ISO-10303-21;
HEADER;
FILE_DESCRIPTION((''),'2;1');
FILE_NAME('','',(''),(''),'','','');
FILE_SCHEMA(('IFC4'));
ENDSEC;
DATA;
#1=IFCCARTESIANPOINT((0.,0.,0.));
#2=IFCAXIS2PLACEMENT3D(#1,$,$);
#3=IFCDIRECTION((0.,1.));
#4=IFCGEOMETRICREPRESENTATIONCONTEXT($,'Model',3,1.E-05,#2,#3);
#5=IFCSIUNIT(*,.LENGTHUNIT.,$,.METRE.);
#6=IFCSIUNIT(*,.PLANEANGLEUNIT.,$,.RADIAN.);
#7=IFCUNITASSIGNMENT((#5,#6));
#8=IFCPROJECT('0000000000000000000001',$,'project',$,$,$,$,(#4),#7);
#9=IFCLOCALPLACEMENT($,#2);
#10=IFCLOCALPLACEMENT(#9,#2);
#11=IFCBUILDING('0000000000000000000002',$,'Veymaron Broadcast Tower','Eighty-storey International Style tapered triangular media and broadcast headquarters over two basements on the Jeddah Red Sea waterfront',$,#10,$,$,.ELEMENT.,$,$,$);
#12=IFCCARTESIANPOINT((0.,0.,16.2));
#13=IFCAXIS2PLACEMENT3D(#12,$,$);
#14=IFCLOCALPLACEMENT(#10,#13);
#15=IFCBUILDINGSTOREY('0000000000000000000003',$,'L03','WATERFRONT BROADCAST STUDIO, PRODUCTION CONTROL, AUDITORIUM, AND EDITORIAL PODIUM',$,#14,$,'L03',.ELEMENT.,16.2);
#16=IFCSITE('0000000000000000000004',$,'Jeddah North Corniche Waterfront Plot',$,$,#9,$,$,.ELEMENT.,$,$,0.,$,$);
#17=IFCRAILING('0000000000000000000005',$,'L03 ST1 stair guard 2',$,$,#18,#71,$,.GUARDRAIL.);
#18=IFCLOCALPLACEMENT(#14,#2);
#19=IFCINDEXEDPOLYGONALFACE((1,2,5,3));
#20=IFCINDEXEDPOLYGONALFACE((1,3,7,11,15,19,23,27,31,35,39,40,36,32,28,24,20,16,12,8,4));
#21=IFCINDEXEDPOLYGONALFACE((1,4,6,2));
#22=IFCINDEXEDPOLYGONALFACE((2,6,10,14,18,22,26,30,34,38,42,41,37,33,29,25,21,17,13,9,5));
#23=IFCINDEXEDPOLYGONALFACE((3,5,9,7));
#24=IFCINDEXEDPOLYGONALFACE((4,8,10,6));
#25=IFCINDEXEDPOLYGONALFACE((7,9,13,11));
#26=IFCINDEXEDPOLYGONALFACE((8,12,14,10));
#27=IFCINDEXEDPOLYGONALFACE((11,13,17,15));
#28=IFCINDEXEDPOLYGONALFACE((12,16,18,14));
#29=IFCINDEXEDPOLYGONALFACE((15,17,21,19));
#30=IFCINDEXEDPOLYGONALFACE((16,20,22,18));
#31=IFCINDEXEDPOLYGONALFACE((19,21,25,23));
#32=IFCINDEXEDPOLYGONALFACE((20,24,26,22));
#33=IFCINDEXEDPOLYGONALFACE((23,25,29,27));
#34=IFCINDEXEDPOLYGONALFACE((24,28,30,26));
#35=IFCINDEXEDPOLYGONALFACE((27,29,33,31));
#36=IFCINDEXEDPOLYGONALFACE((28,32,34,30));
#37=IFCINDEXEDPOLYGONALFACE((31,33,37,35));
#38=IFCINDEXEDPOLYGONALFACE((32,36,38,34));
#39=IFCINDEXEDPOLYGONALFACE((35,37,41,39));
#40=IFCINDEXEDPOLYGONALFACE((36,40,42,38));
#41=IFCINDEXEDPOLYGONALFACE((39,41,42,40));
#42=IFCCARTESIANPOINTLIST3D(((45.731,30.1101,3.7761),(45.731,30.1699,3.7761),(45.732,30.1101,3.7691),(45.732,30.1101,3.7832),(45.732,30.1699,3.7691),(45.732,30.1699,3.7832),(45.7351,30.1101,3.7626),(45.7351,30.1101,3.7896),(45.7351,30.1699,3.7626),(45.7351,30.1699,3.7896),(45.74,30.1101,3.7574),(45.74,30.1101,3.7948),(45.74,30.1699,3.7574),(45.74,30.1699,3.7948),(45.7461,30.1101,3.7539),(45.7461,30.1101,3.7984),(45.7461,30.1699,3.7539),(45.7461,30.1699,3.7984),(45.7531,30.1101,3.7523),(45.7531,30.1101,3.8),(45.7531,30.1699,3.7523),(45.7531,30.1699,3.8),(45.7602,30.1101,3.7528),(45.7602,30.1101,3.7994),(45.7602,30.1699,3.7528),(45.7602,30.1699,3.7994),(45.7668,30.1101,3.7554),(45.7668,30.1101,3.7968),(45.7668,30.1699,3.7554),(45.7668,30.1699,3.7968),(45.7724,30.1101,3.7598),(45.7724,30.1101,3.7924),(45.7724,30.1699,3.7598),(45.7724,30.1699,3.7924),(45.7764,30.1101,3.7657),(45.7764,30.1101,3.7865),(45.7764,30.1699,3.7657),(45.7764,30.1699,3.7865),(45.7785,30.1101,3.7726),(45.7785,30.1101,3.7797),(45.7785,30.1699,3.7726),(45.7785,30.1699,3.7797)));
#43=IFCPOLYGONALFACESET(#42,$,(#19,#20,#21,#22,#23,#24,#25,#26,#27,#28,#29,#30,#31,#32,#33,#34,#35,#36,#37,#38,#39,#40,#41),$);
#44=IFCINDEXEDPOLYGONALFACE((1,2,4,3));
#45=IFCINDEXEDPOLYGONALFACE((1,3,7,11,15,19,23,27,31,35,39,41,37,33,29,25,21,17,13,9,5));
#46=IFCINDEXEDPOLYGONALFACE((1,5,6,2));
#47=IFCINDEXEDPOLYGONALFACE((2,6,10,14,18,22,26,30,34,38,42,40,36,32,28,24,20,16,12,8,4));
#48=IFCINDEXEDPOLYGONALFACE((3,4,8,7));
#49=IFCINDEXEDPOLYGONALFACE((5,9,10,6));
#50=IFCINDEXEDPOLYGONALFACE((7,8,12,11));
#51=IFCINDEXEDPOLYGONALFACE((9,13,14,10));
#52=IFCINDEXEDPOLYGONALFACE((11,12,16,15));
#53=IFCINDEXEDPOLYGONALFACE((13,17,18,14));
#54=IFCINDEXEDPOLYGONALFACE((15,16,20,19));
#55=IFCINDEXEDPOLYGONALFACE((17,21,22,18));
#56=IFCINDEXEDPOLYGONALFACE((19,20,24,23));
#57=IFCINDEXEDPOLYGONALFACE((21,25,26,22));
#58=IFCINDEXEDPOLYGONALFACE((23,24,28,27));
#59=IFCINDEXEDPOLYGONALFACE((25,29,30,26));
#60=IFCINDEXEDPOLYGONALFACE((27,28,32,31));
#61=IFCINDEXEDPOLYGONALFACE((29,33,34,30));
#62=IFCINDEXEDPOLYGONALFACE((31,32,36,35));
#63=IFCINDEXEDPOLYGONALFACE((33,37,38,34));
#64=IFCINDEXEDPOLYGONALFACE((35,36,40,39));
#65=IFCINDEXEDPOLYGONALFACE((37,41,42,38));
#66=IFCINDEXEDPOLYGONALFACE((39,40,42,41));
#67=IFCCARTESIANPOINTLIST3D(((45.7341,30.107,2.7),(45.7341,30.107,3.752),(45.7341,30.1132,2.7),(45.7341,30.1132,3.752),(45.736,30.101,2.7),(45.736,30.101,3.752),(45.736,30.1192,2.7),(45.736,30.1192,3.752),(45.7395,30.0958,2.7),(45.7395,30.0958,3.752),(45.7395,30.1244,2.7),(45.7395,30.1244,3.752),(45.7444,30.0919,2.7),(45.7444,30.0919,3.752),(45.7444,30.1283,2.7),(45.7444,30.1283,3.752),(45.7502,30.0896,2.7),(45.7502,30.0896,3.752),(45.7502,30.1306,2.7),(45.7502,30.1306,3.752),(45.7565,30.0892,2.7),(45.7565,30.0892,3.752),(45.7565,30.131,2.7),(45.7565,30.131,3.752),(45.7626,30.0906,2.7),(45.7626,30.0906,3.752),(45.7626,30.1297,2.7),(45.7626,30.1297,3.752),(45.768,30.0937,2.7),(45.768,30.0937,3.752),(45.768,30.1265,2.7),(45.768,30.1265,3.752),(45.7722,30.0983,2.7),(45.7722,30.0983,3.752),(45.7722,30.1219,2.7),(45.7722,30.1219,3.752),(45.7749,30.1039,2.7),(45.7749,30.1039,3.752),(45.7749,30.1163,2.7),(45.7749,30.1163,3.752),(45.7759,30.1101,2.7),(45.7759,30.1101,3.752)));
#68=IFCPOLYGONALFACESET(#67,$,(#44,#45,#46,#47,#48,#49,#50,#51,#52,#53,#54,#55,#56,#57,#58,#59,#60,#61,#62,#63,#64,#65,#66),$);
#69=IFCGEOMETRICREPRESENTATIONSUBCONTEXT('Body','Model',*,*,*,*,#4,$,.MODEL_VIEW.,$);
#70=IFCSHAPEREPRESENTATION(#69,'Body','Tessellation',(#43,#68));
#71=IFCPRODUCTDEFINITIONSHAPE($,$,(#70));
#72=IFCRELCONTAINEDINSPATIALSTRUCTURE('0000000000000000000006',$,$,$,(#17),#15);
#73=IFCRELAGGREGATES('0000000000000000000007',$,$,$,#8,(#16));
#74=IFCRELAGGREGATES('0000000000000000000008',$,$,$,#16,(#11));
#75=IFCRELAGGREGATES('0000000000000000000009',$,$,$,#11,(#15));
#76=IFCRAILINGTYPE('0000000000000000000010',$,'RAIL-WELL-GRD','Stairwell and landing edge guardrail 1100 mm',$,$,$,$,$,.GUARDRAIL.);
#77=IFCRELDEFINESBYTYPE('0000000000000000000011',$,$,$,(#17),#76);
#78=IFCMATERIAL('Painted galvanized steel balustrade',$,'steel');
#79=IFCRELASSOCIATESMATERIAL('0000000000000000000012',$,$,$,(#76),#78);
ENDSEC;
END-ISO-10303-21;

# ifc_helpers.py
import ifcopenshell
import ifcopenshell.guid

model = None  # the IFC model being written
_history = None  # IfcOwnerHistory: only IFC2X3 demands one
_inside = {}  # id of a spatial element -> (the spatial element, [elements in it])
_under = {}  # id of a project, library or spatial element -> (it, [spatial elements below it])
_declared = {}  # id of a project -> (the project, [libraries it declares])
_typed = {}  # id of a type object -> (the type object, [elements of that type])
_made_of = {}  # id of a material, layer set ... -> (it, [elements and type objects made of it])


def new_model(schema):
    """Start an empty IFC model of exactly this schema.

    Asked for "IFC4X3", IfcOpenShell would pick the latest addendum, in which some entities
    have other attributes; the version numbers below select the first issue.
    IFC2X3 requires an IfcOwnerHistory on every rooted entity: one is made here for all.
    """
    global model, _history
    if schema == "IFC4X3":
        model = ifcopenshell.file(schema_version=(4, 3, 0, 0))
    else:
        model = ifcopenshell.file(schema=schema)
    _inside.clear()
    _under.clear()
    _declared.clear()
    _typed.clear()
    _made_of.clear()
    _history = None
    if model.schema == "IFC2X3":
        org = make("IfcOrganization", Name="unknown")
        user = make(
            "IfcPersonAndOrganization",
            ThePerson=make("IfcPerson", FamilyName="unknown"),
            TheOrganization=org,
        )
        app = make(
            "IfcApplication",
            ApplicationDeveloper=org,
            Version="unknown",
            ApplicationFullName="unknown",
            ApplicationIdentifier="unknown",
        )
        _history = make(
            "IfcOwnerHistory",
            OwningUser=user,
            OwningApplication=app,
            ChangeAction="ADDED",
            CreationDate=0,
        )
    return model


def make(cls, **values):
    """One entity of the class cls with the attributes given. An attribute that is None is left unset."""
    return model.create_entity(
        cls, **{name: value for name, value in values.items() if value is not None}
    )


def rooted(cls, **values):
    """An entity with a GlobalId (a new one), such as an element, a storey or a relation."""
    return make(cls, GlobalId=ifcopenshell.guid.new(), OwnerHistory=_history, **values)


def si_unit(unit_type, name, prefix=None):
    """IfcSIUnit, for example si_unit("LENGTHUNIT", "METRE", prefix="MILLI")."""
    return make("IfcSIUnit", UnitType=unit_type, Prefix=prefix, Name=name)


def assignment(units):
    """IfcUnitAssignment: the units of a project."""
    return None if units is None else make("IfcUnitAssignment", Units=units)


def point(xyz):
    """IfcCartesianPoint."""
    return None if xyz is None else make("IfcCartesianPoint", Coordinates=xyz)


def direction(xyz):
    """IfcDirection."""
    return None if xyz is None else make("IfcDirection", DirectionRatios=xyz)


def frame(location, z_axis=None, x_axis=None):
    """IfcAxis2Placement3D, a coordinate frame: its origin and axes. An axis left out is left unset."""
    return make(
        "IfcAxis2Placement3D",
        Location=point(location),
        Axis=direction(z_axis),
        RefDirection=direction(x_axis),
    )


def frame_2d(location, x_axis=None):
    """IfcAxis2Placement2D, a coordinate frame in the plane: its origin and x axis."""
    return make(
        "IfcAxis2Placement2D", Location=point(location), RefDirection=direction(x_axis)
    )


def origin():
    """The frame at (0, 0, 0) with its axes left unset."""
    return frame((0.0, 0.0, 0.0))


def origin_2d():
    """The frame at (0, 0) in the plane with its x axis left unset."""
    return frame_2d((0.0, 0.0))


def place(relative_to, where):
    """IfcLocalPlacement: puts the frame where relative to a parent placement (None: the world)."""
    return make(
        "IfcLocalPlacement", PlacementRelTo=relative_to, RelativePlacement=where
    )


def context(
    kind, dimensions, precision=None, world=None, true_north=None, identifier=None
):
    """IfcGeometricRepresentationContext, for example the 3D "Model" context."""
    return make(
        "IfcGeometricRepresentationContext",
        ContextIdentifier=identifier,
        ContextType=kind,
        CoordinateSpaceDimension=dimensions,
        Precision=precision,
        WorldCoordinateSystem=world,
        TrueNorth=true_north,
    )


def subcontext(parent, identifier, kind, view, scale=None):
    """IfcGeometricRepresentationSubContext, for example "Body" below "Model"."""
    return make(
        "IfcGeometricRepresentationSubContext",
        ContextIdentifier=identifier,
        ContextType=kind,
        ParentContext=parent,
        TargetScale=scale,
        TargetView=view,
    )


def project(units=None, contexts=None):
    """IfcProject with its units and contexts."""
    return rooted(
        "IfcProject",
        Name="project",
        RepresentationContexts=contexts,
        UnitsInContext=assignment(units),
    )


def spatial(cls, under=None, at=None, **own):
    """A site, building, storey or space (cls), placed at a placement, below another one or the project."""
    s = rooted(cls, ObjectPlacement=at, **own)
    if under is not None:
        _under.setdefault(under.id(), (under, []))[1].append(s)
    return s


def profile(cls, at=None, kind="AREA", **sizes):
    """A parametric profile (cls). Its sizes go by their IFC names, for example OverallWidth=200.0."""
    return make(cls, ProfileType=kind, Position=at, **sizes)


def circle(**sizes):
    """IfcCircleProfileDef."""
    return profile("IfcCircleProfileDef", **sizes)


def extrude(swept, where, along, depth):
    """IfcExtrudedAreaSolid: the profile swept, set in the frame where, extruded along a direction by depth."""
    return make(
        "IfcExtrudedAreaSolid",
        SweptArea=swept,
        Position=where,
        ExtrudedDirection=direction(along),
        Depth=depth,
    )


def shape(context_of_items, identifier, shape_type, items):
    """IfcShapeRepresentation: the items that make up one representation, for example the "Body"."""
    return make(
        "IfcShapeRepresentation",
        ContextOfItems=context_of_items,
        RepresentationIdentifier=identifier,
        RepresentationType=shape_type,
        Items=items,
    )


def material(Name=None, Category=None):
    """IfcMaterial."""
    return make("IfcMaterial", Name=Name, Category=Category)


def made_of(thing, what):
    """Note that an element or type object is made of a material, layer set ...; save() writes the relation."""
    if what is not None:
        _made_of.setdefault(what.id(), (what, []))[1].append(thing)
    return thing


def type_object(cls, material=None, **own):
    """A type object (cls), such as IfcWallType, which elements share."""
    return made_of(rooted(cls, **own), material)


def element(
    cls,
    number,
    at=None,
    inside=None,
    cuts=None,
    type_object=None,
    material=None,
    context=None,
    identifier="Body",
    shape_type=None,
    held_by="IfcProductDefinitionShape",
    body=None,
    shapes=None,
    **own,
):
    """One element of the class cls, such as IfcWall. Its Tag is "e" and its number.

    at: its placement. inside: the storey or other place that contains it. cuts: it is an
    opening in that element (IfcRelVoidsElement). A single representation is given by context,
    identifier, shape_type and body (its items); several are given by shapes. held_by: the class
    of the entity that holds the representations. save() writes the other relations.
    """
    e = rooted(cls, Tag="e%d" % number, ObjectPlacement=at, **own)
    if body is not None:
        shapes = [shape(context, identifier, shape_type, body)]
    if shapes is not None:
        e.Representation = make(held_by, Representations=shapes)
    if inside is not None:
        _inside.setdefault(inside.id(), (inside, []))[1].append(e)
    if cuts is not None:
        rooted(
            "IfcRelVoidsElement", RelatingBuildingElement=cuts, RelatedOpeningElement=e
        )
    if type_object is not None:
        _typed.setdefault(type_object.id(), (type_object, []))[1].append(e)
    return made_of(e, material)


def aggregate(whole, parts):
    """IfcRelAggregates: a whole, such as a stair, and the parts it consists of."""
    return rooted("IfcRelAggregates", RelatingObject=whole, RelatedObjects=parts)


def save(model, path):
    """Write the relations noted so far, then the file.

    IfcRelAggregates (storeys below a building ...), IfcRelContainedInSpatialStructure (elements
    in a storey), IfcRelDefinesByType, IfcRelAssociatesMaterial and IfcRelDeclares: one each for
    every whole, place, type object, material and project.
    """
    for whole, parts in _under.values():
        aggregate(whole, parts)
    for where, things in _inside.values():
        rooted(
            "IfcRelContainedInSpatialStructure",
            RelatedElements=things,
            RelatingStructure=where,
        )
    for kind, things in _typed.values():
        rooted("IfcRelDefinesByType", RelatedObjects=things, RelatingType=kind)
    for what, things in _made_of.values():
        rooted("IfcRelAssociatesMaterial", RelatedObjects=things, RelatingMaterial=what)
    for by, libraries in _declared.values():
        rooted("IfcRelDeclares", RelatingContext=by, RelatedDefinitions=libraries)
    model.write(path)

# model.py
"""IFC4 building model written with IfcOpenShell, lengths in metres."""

from ifc_helpers import new_model, si_unit, direction, frame, origin, origin_2d, place, context, subcontext, project, spatial, circle, extrude, material, type_object, element, save


model = new_model("IFC4")

# Units and contexts
model_context = context("Model", 3, precision=1e-05, world=origin(), true_north=direction((0.0, 1.0)))
body_context = subcontext(model_context, "Body", "Model", "MODEL_VIEW")
ifc_project = project(units=[si_unit("LENGTHUNIT", "METRE"), si_unit("PLANEANGLEUNIT", "RADIAN")], contexts=[model_context])

# Site, building, storey
site_placement = place(None, origin())
site = spatial("IfcSite", under=ifc_project, at=site_placement, Name="Jeddah North Corniche Waterfront Plot", CompositionType="ELEMENT", RefElevation=0.0)
building_placement = place(site_placement, origin())
building = spatial("IfcBuilding", under=site, at=building_placement, Name="Veymaron Broadcast Tower", Description="Eighty-storey International Style tapered triangular media and broadcast headquarters over two basements on the Jeddah Red Sea waterfront", CompositionType="ELEMENT")
storey_placement = place(building_placement, frame((0.0, 0.0, 16.2)))
storey = spatial("IfcBuildingStorey", under=building, at=storey_placement, Name="L03", Description="WATERFRONT BROADCAST STUDIO, PRODUCTION CONTROL, AUDITORIUM, AND EDITORIAL PODIUM", LongName="L03", CompositionType="ELEMENT", Elevation=16.2)

# Railing
ifc_material_1 = material(Name="Painted galvanized steel balustrade", Category="steel")
railing_type_1 = type_object("IfcRailingType", Name="RAIL-WELL-GRD", Description="Stairwell and landing edge guardrail 1100 mm", PredefinedType="GUARDRAIL", material=ifc_material_1)
railing_1_placement = place(storey_placement, frame((45.7549, 30.1101, 2.7)))
element("IfcRailing", 1, at=railing_1_placement, inside=storey, type_object=railing_type_1, Name="L03 ST1 stair guard 2", PredefinedType="GUARDRAIL", context=body_context, shape_type="SweptSolid", body=[
    extrude(circle(Radius=0.0239, at=origin_2d()), frame((0.0, 0.0, 1.0762), z_axis=(0.0, 1.0, 0.0), x_axis=(-1.0, 0.0, 0.0)), (0.0, 0.0, 1.0), 0.0598),
    extrude(circle(Radius=0.021, at=origin_2d()), origin(), (0.0, 0.0, 1.0), 1.052),
])

save(model, "model.ifc")
